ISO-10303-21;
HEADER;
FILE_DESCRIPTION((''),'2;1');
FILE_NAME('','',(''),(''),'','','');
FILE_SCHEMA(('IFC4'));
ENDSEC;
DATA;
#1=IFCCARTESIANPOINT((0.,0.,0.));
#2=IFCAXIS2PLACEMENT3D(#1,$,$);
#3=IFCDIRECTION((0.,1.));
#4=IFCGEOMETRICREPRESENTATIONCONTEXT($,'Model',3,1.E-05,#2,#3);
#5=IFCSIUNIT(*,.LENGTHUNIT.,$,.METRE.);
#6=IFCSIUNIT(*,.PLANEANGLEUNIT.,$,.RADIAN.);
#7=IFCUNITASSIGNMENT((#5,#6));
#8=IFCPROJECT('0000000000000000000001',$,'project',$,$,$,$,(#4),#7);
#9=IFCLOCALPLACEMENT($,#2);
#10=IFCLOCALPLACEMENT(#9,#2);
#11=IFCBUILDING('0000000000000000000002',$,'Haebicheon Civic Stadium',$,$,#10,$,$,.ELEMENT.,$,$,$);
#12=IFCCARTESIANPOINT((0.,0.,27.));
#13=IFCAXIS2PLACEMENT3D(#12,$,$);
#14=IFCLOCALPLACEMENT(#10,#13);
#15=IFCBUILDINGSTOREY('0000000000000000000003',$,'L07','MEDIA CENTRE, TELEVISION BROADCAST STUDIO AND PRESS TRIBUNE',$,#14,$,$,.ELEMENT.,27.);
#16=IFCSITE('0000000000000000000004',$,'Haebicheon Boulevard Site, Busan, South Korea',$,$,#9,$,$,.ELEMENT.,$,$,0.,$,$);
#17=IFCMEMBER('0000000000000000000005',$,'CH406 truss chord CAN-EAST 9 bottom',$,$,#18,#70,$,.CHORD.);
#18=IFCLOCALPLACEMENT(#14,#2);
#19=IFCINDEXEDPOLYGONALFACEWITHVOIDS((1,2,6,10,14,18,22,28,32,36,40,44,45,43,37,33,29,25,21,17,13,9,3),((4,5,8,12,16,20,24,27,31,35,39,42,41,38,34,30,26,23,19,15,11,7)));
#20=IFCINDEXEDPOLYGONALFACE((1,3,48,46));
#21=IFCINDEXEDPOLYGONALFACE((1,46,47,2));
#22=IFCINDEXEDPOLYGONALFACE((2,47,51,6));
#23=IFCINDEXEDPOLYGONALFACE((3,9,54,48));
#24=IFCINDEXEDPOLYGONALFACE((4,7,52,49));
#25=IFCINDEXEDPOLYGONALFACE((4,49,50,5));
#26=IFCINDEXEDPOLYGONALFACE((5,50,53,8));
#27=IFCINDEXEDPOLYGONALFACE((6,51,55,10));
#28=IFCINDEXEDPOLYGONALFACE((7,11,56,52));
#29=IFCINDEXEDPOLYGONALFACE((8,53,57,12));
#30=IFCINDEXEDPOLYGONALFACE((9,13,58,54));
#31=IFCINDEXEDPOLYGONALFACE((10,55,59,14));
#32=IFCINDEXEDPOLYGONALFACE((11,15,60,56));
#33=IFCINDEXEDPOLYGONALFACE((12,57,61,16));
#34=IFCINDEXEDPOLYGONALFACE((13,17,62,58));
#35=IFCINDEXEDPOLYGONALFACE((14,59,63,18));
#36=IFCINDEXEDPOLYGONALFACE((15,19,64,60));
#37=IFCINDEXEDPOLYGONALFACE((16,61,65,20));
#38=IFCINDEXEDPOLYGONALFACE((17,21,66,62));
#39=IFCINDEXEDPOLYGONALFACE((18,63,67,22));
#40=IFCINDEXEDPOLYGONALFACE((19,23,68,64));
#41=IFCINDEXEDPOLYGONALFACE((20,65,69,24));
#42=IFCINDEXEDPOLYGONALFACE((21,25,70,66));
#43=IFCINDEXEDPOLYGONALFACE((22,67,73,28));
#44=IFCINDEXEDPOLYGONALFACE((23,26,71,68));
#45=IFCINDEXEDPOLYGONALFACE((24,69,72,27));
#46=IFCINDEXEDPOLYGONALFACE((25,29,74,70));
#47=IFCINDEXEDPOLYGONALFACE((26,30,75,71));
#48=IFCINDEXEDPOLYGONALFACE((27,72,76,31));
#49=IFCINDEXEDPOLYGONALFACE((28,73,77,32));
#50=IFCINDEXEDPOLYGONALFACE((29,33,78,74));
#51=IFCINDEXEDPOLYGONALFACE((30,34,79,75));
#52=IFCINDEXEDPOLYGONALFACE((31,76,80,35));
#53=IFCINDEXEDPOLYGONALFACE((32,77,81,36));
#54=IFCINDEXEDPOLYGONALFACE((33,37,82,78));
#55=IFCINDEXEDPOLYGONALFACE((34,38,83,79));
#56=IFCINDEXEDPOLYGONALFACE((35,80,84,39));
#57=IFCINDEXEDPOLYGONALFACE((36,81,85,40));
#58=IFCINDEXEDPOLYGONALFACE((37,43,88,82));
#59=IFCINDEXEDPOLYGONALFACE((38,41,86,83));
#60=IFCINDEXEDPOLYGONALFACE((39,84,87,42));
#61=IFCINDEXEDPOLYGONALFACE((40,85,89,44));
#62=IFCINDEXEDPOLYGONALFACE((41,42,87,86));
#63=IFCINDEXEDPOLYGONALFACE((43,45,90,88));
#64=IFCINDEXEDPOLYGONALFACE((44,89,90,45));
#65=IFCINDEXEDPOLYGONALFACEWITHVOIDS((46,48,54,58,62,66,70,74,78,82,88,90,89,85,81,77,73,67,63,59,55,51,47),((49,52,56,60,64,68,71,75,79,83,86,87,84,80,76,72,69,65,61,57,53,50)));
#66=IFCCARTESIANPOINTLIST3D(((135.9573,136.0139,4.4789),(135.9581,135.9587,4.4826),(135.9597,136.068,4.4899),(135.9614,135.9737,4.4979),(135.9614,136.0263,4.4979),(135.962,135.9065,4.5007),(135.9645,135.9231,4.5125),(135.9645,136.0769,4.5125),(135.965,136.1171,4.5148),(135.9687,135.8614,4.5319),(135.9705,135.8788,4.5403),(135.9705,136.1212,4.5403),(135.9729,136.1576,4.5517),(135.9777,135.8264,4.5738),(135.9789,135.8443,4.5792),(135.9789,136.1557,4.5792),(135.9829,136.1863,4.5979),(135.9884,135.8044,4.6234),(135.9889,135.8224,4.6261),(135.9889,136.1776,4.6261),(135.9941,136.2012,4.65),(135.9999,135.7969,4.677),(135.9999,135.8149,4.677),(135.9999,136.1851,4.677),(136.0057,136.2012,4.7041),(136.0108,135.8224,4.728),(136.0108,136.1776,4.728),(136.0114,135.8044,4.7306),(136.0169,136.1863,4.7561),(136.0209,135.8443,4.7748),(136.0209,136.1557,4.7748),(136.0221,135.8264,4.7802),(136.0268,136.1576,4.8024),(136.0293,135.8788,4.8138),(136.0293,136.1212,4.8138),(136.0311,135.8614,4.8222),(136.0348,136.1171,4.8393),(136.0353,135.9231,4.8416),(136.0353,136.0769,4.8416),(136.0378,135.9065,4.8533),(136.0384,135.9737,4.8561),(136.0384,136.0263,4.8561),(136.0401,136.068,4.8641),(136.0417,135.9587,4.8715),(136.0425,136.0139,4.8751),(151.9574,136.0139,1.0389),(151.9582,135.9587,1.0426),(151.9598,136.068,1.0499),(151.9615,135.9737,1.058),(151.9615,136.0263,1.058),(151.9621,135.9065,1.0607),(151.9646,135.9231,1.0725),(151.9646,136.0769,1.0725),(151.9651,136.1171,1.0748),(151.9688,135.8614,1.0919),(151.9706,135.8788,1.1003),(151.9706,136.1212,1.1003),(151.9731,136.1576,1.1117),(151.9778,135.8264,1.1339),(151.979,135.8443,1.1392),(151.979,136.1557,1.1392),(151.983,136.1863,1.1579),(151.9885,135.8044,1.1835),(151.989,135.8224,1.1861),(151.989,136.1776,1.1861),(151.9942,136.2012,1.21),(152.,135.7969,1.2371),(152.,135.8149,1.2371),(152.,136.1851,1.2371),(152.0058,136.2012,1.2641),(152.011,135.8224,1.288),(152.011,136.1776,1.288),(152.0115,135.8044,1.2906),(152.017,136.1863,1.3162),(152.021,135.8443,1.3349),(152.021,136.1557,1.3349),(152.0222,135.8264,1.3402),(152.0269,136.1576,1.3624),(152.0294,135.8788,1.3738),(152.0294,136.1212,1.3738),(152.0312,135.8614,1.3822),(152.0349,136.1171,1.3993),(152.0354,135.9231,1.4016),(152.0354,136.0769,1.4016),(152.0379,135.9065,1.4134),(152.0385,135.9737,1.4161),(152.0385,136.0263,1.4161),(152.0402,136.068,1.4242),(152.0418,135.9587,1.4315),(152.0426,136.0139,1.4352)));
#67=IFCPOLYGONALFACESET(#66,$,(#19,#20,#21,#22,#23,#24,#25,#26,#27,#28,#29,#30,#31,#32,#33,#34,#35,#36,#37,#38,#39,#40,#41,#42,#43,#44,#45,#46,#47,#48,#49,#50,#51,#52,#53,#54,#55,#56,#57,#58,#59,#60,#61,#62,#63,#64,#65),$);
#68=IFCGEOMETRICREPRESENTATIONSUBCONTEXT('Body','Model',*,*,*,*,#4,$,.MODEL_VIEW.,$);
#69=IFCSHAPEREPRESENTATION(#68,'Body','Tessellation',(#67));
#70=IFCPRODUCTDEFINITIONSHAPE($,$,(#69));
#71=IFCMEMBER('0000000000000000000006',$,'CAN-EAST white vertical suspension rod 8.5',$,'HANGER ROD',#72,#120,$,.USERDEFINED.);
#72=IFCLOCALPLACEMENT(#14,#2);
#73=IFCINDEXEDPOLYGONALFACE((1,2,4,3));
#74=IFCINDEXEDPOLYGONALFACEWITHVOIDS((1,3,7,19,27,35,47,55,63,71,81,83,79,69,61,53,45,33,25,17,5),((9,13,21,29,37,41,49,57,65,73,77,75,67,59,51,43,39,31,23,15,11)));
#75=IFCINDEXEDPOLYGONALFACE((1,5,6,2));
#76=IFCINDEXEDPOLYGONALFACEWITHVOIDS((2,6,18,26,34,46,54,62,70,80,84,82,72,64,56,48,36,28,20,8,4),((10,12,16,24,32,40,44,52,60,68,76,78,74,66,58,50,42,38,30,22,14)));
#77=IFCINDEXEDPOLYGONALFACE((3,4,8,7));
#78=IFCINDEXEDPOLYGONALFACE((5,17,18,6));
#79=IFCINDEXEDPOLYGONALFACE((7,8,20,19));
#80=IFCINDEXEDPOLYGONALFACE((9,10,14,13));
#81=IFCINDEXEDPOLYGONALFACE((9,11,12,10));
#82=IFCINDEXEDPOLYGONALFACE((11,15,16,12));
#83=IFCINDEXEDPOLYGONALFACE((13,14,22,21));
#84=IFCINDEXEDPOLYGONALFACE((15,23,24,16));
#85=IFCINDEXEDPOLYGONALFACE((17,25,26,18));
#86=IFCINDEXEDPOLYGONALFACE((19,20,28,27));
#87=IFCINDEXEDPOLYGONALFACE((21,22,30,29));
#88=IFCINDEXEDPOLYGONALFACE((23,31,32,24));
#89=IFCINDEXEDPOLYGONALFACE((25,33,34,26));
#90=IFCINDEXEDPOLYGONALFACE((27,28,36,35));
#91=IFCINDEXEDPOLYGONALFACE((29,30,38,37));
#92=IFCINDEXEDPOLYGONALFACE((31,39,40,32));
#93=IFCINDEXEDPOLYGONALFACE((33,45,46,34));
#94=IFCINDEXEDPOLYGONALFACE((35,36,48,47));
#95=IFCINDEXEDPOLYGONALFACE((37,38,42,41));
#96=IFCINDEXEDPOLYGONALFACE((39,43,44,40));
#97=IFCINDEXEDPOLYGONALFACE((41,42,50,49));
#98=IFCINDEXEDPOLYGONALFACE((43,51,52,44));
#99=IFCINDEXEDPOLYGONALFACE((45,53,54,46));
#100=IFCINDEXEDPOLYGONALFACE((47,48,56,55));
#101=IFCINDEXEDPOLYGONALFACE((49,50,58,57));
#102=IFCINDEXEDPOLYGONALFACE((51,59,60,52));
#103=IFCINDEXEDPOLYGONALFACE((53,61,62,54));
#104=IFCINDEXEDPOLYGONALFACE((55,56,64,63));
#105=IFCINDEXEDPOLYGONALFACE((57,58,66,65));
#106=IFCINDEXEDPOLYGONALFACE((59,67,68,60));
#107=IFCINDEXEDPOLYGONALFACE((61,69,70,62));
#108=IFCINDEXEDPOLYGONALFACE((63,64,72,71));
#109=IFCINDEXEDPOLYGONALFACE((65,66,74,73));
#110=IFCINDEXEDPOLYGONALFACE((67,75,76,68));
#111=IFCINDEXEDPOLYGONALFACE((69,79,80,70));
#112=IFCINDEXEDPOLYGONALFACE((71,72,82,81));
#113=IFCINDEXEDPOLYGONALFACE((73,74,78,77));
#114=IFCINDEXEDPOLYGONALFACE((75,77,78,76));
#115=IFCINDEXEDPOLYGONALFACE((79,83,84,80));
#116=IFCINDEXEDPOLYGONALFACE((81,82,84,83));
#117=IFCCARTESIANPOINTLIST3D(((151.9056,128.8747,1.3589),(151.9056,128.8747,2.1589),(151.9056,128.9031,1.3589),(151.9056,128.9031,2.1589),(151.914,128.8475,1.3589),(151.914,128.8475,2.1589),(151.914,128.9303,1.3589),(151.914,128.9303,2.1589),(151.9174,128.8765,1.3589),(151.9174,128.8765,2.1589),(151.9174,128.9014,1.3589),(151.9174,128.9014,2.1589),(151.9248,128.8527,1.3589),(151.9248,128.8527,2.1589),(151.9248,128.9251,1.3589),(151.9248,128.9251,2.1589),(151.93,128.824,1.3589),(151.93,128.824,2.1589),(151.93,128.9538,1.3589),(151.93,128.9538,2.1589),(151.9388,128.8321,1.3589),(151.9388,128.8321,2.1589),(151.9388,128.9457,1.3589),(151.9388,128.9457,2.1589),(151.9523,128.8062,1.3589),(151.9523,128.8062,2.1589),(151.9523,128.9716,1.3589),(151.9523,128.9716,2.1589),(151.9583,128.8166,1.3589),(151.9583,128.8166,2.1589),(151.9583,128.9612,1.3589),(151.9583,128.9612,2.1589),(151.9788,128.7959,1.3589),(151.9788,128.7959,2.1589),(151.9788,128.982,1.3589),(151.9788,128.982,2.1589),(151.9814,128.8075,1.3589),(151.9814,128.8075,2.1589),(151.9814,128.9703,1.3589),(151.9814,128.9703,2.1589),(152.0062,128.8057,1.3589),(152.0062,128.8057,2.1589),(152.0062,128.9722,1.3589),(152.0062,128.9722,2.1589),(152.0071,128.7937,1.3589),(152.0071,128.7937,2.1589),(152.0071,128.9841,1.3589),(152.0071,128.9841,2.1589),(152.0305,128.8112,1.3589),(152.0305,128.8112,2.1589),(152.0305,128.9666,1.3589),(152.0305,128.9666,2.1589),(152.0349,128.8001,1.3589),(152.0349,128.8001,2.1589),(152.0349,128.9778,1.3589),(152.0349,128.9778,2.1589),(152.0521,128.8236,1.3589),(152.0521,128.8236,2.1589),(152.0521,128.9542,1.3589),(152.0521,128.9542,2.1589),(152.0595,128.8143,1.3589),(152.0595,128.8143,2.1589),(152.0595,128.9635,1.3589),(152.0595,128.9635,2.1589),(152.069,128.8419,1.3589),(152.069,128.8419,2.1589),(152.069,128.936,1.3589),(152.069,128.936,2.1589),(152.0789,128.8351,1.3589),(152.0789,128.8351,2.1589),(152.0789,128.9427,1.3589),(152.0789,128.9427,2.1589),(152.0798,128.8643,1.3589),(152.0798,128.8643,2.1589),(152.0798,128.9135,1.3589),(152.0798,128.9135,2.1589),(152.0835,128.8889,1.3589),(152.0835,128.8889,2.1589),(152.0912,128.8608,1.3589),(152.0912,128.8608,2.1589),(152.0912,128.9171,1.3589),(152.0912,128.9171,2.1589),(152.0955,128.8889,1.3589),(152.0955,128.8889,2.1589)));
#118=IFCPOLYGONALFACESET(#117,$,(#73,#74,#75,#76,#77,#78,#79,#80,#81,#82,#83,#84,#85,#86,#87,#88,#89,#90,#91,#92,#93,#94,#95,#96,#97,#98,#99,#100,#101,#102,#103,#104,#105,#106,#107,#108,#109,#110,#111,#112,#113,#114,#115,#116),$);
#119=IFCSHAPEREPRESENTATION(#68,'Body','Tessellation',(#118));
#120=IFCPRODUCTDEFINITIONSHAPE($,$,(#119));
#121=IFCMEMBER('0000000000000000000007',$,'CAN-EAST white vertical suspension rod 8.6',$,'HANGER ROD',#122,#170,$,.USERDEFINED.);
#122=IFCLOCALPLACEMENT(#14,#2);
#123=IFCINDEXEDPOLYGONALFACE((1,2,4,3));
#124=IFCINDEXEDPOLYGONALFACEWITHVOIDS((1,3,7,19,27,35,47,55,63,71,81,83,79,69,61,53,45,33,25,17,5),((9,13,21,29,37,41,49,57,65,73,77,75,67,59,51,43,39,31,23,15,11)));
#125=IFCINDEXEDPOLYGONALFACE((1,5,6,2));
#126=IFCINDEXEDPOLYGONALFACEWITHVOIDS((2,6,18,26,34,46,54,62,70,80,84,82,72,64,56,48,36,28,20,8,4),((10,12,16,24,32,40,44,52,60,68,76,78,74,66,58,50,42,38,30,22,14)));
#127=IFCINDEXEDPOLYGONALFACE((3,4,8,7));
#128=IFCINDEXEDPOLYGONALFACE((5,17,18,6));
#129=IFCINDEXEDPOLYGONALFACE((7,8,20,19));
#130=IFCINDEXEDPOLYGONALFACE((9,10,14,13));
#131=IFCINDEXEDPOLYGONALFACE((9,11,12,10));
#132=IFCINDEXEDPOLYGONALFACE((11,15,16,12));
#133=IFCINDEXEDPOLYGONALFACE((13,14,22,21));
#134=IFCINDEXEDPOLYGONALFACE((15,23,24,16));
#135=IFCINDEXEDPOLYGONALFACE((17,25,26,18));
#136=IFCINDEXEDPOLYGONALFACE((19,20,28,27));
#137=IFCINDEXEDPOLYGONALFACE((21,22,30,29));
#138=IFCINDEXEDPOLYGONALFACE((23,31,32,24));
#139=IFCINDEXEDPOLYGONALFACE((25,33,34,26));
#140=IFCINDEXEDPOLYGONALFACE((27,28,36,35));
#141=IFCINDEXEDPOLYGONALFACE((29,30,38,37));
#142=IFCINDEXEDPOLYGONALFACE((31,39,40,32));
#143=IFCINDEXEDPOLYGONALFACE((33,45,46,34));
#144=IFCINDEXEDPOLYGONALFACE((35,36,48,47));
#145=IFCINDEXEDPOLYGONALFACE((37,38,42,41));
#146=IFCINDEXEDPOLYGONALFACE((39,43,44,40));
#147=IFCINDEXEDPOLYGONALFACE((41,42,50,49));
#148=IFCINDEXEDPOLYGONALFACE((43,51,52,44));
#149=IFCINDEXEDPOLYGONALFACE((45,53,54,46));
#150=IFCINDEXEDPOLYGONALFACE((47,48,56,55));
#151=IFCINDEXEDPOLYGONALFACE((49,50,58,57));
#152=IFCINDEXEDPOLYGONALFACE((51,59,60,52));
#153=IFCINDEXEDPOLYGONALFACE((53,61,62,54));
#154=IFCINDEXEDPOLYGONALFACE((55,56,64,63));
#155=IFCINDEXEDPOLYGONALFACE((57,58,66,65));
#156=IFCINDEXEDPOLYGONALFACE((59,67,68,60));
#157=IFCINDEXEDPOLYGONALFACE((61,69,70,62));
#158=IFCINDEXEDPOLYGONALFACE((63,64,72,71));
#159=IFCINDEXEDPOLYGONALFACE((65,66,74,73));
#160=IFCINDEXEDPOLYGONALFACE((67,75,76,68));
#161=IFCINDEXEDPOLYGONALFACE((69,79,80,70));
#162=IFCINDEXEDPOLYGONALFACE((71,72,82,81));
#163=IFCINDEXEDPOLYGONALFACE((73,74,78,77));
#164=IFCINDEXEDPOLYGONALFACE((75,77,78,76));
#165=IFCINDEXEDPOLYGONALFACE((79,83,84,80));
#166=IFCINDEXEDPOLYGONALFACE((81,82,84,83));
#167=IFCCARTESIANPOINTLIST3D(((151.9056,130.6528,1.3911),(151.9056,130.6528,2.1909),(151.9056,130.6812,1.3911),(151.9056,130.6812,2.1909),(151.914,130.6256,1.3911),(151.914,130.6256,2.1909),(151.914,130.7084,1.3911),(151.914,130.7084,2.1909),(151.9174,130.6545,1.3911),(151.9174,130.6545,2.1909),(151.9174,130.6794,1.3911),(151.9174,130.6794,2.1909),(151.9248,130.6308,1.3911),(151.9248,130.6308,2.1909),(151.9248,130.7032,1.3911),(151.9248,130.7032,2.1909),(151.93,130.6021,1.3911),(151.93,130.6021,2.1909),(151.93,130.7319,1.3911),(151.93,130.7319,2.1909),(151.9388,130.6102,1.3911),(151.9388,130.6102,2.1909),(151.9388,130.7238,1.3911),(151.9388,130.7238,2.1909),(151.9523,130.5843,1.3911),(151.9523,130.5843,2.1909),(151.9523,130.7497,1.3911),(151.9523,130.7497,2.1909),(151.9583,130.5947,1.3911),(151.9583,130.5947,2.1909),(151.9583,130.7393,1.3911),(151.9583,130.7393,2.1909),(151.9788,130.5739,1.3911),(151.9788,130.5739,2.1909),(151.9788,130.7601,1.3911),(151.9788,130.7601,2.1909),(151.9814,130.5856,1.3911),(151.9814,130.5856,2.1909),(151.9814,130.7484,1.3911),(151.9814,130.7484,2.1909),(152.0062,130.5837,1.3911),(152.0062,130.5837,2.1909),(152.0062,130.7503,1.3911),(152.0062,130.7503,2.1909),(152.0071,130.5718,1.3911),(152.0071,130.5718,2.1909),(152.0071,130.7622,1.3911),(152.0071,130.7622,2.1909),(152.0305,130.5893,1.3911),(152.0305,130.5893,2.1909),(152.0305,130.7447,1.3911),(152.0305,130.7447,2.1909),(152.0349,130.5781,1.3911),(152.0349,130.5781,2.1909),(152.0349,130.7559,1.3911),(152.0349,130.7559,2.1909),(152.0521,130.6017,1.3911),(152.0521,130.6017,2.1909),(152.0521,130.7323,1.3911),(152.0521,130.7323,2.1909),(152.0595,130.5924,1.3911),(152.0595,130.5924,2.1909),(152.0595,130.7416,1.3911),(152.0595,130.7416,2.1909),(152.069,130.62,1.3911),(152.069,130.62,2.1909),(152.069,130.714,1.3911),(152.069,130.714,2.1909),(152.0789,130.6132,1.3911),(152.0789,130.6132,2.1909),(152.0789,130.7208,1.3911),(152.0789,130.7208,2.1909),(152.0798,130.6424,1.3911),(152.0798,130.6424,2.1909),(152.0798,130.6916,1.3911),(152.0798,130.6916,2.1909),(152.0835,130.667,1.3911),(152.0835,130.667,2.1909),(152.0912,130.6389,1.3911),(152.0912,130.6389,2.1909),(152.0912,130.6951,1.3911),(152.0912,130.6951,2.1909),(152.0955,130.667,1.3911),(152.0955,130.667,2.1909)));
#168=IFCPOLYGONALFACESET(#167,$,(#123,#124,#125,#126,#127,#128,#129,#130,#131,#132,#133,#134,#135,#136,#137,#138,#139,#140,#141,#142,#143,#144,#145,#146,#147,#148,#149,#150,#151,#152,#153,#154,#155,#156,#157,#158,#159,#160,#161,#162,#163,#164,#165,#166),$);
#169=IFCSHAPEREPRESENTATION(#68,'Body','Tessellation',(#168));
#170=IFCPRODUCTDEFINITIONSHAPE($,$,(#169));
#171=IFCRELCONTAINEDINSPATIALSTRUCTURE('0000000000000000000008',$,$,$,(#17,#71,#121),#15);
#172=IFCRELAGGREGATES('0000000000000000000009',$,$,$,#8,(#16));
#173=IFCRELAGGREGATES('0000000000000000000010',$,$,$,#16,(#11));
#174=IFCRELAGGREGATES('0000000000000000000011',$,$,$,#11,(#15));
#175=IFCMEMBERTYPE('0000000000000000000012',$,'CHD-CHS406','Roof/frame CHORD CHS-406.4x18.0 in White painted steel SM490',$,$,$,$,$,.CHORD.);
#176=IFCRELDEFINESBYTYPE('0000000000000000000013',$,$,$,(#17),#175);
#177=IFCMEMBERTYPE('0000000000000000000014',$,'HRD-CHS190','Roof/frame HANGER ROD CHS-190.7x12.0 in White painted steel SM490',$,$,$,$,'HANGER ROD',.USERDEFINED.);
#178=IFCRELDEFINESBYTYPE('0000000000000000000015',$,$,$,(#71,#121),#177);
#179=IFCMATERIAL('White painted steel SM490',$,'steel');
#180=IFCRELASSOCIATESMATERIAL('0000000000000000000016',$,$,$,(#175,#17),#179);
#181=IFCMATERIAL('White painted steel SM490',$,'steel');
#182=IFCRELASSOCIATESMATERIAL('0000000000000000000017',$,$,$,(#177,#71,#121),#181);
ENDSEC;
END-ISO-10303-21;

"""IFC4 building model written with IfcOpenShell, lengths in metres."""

from ifc_helpers import new_model, si_unit, direction, frame, origin, origin_2d, place, context, subcontext, project, spatial, hollow_circle, extrude, material, material_profile, profile_set, type_object, element, save


model = new_model("IFC4")

# Units and contexts
model_context = context("Model", 3, precision=1e-05, world=origin(), true_north=direction((0.0, 1.0)))
body_context = subcontext(model_context, "Body", "Model", "MODEL_VIEW")
ifc_project = project(units=[si_unit("LENGTHUNIT", "METRE"), si_unit("PLANEANGLEUNIT", "RADIAN")], contexts=[model_context])

# Site, building, storey
site_placement = place(None, origin())
site = spatial("IfcSite", under=ifc_project, at=site_placement, Name="Haebicheon Boulevard Site, Busan, South Korea", CompositionType="ELEMENT", RefElevation=0.0)
building_placement = place(site_placement, origin())
building = spatial("IfcBuilding", under=site, at=building_placement, Name="Haebicheon Civic Stadium", CompositionType="ELEMENT")
storey_placement = place(building_placement, frame((0.0, 0.0, 27.0)))
storey = spatial("IfcBuildingStorey", under=building, at=storey_placement, Name="L07", Description="MEDIA CENTRE, TELEVISION BROADCAST STUDIO AND PRESS TRIBUNE", CompositionType="ELEMENT", Elevation=27.0)

# Members
ifc_material_1 = material(Name="White painted steel SM490", Category="steel")
ifc_material_profile_1 = material_profile(ifc_material_1, hollow_circle(Radius=0.2031, WallThickness=0.0181, at=origin_2d()), Name="CHS-406.4x18.0")
ifc_profile_set_1 = profile_set([ifc_material_profile_1], Name="White painted steel SM490")
member_type_1 = type_object("IfcMemberType", Name="CHD-CHS406", Description="Roof/frame CHORD CHS-406.4x18.0 in White painted steel SM490", PredefinedType="CHORD", material=ifc_profile_set_1)
member_1_placement = place(storey_placement, frame((152.0, 136.0, 1.2371), z_axis=(-0.97766, 0.0, 0.210193), x_axis=(0.0, -1.0, 0.0)))
element("IfcMember", 1, at=member_1_placement, inside=storey, type_object=member_type_1, material=ifc_profile_set_1, Name="CH406 truss chord CAN-EAST 9 bottom", PredefinedType="CHORD", context=body_context, shape_type="SweptSolid", body=[
    extrude(hollow_circle(Radius=0.2031, WallThickness=0.0181, at=origin_2d()), origin(), (0.0, 0.0, 1.0), 16.3657),
])
ifc_material_2 = material(Name="White painted steel SM490", Category="steel")
ifc_material_profile_2 = material_profile(ifc_material_2, hollow_circle(Radius=0.0955, WallThickness=0.012, at=origin_2d()), Name="CHS-190.7x12.0")
ifc_profile_set_2 = profile_set([ifc_material_profile_2], Name="White painted steel SM490")
member_type_2 = type_object("IfcMemberType", Name="HRD-CHS190", Description="Roof/frame HANGER ROD CHS-190.7x12.0 in White painted steel SM490", ElementType="HANGER ROD", PredefinedType="USERDEFINED", material=ifc_profile_set_2)
member_2_placement = place(storey_placement, frame((152.0, 128.8889, 1.3589), z_axis=(0.0, 0.0, 1.0), x_axis=(1.0, 0.0, 0.0)))
element("IfcMember", 2, at=member_2_placement, inside=storey, type_object=member_type_2, material=ifc_profile_set_2, Name="CAN-EAST white vertical suspension rod 8.5", ObjectType="HANGER ROD", PredefinedType="USERDEFINED", context=body_context, shape_type="SweptSolid", body=[
    extrude(hollow_circle(Radius=0.0955, WallThickness=0.012, at=origin_2d()), origin(), (0.0, 0.0, 1.0), 0.8),
])
for number, where, z_axis, x_axis, name in (
    (3, (152.0, 130.667, 1.3911), (0.0, 0.0, 1.0), (1.0, 0.0, 0.0), "CAN-EAST white vertical suspension rod 8.6"),
):
    element("IfcMember", number, at=place(storey_placement, frame(where, z_axis=z_axis, x_axis=x_axis)), inside=storey, type_object=member_type_2, material=ifc_profile_set_2, Name=name, ObjectType="HANGER ROD", PredefinedType="USERDEFINED", context=body_context, shape_type="SweptSolid", body=[
        extrude(hollow_circle(Radius=0.0955, WallThickness=0.012, at=origin_2d()), origin(), (0.0, 0.0, 1.0), 0.7998),
    ])

save(model, "model.ifc")
